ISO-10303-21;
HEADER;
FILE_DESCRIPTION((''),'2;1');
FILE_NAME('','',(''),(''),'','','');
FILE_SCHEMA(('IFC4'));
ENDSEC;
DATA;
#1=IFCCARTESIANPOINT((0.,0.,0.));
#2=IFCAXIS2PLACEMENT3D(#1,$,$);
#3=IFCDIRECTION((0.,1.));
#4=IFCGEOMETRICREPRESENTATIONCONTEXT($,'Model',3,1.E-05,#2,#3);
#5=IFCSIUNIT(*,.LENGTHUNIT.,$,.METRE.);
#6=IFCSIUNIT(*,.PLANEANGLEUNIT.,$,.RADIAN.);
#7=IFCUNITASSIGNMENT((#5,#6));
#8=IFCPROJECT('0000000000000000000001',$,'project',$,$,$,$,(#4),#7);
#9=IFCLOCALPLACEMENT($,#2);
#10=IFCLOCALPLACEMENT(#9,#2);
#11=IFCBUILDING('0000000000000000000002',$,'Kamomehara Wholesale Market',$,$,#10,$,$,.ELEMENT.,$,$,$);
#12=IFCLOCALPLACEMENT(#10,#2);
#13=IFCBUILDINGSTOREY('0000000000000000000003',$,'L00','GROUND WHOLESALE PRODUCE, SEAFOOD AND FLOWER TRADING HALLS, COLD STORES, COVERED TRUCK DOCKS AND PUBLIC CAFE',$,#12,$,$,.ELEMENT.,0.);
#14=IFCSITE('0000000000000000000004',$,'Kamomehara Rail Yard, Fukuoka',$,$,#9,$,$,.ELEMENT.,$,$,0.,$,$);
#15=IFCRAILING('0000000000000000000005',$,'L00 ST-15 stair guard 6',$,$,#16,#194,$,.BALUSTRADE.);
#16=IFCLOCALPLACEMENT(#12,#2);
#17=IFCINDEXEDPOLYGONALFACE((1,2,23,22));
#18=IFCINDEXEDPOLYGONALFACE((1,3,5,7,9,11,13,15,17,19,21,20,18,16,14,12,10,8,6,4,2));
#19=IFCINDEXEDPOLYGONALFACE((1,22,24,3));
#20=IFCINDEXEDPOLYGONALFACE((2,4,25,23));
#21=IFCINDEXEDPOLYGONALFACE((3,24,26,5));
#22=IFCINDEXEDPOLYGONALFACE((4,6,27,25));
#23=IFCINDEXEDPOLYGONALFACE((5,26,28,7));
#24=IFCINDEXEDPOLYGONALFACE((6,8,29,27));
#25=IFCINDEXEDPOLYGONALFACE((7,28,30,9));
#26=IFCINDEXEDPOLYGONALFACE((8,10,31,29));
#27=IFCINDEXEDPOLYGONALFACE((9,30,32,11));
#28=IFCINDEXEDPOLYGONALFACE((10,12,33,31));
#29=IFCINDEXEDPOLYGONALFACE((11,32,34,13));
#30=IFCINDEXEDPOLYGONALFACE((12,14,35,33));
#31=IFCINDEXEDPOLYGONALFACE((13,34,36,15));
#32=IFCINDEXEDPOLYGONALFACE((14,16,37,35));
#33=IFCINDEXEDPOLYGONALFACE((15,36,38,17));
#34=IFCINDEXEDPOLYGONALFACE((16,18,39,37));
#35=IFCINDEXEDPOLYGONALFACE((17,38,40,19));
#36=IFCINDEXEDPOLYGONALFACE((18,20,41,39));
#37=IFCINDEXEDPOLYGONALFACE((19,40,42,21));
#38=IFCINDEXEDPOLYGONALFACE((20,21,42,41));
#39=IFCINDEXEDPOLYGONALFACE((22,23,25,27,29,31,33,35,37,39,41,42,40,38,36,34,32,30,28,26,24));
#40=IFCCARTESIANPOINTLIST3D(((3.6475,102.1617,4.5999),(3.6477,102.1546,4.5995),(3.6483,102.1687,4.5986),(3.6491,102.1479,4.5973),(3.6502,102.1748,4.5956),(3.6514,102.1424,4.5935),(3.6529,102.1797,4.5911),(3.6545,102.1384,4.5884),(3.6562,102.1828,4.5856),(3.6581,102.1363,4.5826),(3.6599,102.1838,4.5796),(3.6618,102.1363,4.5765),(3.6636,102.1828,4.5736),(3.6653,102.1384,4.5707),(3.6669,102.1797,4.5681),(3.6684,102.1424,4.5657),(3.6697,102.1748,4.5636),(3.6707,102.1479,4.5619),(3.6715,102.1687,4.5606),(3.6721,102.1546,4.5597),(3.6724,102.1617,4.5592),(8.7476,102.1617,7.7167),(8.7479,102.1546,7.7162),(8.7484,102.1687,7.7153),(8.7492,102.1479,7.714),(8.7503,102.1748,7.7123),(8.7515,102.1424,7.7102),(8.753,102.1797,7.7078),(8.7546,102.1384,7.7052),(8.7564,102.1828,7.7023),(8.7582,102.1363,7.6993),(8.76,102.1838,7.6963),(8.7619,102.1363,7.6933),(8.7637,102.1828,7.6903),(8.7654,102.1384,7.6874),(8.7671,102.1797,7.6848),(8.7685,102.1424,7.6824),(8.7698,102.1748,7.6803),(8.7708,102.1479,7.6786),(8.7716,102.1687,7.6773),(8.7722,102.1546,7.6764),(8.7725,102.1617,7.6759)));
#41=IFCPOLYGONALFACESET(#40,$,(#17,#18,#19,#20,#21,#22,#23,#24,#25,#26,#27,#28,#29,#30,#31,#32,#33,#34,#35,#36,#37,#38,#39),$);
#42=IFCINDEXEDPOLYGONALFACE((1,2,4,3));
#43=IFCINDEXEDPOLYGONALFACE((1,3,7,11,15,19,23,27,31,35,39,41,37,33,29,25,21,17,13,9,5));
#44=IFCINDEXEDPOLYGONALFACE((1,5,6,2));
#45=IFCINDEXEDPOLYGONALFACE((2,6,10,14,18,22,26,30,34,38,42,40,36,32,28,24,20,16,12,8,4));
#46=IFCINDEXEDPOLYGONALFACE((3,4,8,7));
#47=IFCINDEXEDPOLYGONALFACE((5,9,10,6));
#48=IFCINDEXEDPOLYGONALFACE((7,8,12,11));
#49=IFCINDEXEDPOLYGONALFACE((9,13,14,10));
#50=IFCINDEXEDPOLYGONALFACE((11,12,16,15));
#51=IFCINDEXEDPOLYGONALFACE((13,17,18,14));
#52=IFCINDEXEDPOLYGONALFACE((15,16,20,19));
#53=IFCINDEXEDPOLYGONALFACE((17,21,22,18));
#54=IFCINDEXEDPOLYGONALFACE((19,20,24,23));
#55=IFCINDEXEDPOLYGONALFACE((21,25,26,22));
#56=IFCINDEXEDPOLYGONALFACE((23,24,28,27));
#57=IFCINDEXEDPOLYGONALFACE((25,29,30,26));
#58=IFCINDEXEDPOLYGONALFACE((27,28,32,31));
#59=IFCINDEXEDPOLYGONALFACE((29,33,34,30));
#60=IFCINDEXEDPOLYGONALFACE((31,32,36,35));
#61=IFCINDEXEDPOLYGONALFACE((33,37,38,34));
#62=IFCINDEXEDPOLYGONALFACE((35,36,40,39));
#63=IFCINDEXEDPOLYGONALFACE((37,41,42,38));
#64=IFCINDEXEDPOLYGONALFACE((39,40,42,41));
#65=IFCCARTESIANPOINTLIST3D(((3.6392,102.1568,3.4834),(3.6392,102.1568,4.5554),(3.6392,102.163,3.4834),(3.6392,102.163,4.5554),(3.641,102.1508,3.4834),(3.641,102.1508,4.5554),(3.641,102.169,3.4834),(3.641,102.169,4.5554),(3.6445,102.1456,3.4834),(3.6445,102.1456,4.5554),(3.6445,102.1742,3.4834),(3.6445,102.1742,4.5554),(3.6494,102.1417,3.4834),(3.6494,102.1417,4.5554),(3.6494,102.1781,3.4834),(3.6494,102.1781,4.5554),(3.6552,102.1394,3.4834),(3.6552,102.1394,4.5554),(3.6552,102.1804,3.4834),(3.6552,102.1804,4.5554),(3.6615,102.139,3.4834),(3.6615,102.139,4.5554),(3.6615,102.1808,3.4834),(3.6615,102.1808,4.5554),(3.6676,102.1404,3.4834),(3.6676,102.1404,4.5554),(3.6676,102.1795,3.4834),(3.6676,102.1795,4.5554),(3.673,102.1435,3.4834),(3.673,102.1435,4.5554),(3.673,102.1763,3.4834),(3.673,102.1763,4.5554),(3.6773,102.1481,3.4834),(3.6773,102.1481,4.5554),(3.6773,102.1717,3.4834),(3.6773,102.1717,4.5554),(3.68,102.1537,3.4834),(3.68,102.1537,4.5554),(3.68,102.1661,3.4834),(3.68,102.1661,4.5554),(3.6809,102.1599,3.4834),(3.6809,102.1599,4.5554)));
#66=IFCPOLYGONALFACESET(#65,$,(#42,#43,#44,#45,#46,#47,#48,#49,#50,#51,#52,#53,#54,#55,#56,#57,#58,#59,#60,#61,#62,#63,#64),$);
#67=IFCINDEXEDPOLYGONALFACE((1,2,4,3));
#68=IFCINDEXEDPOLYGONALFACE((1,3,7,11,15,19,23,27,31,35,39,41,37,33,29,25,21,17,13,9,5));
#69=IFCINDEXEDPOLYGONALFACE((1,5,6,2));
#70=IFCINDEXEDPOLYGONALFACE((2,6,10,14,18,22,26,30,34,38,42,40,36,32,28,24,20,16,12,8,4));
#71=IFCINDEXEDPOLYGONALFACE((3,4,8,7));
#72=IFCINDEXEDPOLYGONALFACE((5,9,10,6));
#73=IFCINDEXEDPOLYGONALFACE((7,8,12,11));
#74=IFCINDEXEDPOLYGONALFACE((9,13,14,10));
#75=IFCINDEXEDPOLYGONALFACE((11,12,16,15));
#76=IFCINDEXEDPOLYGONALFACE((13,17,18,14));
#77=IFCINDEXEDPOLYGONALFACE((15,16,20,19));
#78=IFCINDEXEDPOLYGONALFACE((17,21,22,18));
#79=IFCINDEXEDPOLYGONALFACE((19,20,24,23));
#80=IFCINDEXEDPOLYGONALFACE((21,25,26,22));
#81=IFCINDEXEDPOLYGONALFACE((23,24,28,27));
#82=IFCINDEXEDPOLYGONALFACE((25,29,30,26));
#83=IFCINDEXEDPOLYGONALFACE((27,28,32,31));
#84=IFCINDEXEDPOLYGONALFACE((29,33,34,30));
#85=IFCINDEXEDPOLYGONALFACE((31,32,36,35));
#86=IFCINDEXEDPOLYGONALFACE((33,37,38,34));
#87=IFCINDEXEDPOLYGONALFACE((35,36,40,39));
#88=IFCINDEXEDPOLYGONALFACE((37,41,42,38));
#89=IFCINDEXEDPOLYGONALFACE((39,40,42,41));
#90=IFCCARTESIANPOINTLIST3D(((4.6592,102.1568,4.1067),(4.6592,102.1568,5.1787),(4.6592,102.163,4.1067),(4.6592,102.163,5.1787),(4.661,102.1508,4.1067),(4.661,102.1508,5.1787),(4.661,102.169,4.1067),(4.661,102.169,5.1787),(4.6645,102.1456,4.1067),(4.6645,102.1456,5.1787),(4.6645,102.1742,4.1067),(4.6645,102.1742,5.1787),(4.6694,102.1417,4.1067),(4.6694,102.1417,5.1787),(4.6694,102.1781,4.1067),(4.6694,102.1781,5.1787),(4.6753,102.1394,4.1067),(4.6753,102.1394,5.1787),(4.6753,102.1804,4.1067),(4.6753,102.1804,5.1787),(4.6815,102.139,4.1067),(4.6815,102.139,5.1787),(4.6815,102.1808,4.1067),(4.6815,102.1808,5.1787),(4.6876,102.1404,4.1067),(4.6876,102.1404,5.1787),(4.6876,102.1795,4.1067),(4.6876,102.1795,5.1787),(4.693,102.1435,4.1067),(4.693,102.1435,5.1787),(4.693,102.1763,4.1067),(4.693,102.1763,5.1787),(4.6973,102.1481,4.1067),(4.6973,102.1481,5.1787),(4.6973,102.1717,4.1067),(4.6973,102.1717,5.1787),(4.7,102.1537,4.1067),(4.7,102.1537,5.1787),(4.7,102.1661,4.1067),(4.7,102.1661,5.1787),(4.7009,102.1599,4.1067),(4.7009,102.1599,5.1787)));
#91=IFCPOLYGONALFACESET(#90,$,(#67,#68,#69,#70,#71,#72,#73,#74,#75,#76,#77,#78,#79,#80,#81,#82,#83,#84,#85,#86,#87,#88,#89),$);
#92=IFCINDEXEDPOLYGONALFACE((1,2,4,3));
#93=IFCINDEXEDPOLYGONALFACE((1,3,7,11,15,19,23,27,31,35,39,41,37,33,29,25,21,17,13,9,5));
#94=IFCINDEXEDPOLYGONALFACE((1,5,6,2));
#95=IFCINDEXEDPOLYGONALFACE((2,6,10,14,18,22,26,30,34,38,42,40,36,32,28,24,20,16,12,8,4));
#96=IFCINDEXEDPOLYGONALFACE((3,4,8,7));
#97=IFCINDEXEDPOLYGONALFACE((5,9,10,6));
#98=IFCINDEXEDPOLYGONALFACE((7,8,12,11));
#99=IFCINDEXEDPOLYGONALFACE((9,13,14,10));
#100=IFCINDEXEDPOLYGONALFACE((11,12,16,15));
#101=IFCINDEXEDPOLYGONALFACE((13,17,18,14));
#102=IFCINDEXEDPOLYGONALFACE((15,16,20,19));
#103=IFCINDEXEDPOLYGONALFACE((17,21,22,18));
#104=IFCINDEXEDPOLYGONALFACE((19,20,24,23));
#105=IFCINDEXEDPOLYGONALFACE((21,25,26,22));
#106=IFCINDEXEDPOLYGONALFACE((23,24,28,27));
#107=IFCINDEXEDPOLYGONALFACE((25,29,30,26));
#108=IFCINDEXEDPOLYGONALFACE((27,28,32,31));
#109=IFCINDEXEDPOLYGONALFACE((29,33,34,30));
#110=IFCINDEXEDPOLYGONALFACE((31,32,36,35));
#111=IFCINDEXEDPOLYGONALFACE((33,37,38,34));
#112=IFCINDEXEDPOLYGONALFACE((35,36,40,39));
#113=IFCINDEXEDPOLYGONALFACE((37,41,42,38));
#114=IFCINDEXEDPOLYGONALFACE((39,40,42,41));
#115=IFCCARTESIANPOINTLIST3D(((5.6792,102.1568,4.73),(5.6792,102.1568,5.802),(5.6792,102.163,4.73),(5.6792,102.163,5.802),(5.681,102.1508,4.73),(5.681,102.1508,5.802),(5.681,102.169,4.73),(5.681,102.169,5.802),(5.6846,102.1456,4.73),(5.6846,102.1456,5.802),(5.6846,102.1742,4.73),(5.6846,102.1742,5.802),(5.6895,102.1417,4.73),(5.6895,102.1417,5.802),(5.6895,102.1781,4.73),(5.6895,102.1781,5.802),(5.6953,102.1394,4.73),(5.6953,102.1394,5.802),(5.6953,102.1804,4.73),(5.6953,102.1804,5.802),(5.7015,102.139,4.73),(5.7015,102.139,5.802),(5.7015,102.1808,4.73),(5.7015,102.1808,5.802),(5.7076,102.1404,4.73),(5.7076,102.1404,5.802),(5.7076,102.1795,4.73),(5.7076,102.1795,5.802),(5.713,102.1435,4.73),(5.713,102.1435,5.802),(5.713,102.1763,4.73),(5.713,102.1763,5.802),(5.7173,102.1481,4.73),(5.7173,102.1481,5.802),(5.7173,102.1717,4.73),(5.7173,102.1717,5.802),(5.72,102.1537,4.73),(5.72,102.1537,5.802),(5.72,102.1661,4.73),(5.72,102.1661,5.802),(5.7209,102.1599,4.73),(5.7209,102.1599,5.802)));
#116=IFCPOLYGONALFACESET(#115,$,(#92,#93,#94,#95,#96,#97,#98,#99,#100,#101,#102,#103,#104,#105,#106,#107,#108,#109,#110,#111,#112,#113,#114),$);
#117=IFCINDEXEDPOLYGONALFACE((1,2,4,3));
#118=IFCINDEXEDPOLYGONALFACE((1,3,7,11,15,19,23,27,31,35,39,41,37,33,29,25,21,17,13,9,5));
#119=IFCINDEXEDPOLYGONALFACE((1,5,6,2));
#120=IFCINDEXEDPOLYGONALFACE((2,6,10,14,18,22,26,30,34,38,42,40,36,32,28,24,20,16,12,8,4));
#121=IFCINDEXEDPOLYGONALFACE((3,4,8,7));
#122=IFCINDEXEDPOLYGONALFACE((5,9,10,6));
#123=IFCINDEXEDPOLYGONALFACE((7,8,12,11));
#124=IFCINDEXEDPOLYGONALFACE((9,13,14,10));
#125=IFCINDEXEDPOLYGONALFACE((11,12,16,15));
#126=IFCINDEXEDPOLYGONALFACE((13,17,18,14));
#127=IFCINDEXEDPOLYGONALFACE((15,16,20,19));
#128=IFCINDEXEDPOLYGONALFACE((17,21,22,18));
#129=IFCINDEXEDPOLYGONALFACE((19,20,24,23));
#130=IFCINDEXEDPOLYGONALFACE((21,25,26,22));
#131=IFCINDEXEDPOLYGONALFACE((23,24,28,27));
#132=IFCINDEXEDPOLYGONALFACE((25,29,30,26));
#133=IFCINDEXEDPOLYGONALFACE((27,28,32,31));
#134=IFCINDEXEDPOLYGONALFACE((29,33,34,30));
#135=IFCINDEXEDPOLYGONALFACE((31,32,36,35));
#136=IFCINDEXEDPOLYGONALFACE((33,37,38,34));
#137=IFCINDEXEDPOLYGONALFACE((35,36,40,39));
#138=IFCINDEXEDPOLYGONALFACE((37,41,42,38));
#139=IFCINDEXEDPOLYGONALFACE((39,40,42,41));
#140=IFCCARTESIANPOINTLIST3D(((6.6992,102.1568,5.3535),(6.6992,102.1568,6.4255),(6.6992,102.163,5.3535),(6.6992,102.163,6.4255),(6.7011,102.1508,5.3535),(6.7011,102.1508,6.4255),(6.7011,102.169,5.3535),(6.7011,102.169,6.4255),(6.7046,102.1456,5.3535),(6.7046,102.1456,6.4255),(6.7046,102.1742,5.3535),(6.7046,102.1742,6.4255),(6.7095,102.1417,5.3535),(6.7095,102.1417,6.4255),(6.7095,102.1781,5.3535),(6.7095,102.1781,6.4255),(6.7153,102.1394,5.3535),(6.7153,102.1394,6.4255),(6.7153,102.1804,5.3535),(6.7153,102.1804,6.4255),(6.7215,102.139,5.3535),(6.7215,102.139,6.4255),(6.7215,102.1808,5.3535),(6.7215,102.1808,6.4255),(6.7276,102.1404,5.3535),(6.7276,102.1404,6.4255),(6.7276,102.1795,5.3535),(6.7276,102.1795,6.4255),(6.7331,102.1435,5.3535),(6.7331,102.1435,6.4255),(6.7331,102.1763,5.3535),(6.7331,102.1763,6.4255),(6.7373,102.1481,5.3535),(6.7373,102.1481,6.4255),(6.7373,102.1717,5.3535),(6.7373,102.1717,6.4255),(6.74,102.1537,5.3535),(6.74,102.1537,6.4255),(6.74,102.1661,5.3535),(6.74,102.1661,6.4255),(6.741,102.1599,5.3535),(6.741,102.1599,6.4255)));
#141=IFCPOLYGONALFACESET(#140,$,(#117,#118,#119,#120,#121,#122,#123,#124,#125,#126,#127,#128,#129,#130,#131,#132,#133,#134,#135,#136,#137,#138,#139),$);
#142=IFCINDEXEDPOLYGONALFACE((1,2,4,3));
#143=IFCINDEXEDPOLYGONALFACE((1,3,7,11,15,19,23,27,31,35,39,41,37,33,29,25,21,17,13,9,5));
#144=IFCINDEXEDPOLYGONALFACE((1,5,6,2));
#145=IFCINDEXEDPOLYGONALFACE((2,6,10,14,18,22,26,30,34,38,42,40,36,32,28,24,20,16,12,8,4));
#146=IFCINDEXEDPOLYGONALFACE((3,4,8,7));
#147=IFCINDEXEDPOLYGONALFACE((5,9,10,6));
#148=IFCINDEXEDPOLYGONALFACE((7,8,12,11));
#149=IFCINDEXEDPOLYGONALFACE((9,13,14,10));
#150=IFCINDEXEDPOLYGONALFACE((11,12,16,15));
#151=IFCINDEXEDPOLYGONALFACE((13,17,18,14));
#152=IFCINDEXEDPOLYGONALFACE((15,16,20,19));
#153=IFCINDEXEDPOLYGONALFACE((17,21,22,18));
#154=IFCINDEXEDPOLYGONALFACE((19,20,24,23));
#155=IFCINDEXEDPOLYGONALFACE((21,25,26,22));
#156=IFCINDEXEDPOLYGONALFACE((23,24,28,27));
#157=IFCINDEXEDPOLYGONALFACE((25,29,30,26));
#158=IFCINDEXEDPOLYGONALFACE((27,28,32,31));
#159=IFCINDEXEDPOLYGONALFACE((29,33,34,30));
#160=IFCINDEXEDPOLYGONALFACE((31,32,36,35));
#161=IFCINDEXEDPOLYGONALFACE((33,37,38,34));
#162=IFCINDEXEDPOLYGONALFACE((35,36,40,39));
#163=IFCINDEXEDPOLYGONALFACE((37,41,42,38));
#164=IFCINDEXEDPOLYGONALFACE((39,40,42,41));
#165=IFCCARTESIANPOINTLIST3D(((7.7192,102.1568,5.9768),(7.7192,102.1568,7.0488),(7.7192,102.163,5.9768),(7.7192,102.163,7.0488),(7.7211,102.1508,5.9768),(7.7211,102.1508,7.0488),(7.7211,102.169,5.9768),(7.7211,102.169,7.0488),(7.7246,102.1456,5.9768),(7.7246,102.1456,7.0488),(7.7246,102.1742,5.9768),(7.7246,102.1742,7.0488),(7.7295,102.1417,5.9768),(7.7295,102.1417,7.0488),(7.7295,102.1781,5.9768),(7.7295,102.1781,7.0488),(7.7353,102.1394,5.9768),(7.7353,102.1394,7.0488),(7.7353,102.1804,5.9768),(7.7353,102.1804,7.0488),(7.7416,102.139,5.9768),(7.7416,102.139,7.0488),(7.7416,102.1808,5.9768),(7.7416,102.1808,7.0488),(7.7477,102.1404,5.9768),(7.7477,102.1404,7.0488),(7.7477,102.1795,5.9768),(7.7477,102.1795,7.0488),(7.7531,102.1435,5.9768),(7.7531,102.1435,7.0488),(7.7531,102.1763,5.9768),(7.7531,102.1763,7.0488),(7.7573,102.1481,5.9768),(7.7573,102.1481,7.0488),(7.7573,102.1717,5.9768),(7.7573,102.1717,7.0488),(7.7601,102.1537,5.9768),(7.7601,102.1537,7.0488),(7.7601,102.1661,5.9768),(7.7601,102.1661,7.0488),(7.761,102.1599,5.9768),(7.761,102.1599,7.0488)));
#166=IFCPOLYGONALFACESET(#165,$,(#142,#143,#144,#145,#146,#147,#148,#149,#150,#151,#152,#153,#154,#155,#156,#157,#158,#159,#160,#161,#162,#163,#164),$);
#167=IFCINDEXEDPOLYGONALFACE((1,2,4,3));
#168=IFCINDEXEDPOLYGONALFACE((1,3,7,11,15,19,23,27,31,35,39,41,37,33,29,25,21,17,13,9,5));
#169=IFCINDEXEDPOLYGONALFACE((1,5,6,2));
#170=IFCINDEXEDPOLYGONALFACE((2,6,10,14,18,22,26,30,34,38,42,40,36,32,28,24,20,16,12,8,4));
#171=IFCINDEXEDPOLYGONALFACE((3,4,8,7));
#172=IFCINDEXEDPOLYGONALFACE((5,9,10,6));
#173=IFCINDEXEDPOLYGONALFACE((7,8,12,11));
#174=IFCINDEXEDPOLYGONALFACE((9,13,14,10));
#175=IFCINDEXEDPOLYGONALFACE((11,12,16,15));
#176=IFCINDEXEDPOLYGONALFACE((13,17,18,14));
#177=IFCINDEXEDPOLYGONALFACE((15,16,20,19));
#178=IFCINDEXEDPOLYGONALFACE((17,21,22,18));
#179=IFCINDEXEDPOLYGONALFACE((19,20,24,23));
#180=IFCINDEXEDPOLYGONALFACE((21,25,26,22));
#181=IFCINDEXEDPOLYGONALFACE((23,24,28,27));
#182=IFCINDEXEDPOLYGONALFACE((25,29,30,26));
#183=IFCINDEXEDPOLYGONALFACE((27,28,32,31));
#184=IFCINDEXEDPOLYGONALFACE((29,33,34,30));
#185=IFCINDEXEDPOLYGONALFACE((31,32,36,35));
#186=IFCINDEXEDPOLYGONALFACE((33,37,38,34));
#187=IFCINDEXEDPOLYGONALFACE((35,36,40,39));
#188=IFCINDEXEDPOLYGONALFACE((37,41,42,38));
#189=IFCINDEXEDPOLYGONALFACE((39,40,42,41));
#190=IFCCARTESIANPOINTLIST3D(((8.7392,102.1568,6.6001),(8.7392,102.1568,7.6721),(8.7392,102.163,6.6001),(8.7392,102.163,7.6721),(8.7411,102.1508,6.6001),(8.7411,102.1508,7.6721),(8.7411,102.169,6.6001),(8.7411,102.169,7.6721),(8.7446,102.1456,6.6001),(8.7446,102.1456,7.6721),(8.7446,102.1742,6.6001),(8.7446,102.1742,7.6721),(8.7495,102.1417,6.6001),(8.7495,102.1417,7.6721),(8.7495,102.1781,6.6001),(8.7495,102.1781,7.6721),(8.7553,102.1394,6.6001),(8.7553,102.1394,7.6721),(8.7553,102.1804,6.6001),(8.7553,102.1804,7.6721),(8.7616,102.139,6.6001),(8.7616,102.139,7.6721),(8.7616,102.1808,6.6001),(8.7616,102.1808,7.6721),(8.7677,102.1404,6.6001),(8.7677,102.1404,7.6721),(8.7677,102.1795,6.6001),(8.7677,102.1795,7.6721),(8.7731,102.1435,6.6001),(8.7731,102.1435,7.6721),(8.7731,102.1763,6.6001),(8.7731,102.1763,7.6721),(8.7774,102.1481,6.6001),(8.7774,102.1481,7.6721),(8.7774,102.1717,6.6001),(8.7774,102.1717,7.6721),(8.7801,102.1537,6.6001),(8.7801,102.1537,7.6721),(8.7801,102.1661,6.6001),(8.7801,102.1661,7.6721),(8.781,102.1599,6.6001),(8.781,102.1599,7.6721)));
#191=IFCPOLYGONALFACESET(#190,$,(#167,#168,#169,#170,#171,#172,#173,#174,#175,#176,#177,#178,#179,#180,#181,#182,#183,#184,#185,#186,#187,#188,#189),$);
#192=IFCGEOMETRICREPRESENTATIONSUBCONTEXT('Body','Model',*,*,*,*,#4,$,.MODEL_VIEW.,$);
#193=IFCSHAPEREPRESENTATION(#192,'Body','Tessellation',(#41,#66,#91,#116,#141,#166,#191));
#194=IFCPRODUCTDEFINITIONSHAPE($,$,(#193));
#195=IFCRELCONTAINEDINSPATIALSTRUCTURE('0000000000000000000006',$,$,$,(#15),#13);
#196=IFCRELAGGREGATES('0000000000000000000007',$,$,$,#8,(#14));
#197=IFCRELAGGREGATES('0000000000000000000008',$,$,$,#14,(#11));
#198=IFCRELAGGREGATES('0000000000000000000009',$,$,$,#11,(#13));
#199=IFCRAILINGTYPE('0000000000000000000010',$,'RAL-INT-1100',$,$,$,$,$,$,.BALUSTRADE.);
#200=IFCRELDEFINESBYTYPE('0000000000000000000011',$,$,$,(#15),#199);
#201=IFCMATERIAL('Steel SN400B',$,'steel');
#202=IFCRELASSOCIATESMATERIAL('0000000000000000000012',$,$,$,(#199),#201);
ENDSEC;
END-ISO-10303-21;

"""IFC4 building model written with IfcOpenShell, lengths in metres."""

from ifc_helpers import new_model, si_unit, direction, frame, origin, origin_2d, place, context, subcontext, project, spatial, circle, extrude, material, type_object, element, save


model = new_model("IFC4")

# Units and contexts
model_context = context("Model", 3, precision=1e-05, world=origin(), true_north=direction((0.0, 1.0)))
body_context = subcontext(model_context, "Body", "Model", "MODEL_VIEW")
ifc_project = project(units=[si_unit("LENGTHUNIT", "METRE"), si_unit("PLANEANGLEUNIT", "RADIAN")], contexts=[model_context])

# Site, building, storey
site_placement = place(None, origin())
site = spatial("IfcSite", under=ifc_project, at=site_placement, Name="Kamomehara Rail Yard, Fukuoka", CompositionType="ELEMENT", RefElevation=0.0)
building_placement = place(site_placement, origin())
building = spatial("IfcBuilding", under=site, at=building_placement, Name="Kamomehara Wholesale Market", CompositionType="ELEMENT")
storey_placement = place(building_placement, origin())
storey = spatial("IfcBuildingStorey", under=building, at=storey_placement, Name="L00", Description="GROUND WHOLESALE PRODUCE, SEAFOOD AND FLOWER TRADING HALLS, COLD STORES, COVERED TRUCK DOCKS AND PUBLIC CAFE", CompositionType="ELEMENT", Elevation=0.0)

# Railing
ifc_material_1 = material(Name="Steel SN400B", Category="steel")
railing_type_1 = type_object("IfcRailingType", Name="RAL-INT-1100", PredefinedType="BALUSTRADE", material=ifc_material_1)
railing_1_placement = place(storey_placement, frame((3.6599, 102.1599, 3.4834)))
element("IfcRailing", 1, at=railing_1_placement, inside=storey, type_object=railing_type_1, Name="L00 ST-15 stair guard 6", PredefinedType="BALUSTRADE", context=body_context, shape_type="SweptSolid", body=[
    extrude(circle(Radius=0.0239, at=origin_2d()), frame((0.0, 0.0, 1.0962), z_axis=(0.853284, 0.0, 0.521447), x_axis=(0.0, 1.0, 0.0)), (0.0, 0.0, 1.0), 5.9771),
    extrude(circle(Radius=0.021, at=origin_2d()), origin(), (0.0, 0.0, 1.0), 1.072),
    extrude(circle(Radius=0.021, at=origin_2d()), frame((1.02, 0.0, 0.6233)), (0.0, 0.0, 1.0), 1.072),
    extrude(circle(Radius=0.021, at=origin_2d()), frame((2.04, 0.0, 1.2466)), (0.0, 0.0, 1.0), 1.072),
    extrude(circle(Radius=0.021, at=origin_2d()), frame((3.0601, 0.0, 1.8701)), (0.0, 0.0, 1.0), 1.072),
    extrude(circle(Radius=0.021, at=origin_2d()), frame((4.0801, 0.0, 2.4934)), (0.0, 0.0, 1.0), 1.072),
    extrude(circle(Radius=0.021, at=origin_2d()), frame((5.1001, 0.0, 3.1167)), (0.0, 0.0, 1.0), 1.072),
])

save(model, "model.ifc")
